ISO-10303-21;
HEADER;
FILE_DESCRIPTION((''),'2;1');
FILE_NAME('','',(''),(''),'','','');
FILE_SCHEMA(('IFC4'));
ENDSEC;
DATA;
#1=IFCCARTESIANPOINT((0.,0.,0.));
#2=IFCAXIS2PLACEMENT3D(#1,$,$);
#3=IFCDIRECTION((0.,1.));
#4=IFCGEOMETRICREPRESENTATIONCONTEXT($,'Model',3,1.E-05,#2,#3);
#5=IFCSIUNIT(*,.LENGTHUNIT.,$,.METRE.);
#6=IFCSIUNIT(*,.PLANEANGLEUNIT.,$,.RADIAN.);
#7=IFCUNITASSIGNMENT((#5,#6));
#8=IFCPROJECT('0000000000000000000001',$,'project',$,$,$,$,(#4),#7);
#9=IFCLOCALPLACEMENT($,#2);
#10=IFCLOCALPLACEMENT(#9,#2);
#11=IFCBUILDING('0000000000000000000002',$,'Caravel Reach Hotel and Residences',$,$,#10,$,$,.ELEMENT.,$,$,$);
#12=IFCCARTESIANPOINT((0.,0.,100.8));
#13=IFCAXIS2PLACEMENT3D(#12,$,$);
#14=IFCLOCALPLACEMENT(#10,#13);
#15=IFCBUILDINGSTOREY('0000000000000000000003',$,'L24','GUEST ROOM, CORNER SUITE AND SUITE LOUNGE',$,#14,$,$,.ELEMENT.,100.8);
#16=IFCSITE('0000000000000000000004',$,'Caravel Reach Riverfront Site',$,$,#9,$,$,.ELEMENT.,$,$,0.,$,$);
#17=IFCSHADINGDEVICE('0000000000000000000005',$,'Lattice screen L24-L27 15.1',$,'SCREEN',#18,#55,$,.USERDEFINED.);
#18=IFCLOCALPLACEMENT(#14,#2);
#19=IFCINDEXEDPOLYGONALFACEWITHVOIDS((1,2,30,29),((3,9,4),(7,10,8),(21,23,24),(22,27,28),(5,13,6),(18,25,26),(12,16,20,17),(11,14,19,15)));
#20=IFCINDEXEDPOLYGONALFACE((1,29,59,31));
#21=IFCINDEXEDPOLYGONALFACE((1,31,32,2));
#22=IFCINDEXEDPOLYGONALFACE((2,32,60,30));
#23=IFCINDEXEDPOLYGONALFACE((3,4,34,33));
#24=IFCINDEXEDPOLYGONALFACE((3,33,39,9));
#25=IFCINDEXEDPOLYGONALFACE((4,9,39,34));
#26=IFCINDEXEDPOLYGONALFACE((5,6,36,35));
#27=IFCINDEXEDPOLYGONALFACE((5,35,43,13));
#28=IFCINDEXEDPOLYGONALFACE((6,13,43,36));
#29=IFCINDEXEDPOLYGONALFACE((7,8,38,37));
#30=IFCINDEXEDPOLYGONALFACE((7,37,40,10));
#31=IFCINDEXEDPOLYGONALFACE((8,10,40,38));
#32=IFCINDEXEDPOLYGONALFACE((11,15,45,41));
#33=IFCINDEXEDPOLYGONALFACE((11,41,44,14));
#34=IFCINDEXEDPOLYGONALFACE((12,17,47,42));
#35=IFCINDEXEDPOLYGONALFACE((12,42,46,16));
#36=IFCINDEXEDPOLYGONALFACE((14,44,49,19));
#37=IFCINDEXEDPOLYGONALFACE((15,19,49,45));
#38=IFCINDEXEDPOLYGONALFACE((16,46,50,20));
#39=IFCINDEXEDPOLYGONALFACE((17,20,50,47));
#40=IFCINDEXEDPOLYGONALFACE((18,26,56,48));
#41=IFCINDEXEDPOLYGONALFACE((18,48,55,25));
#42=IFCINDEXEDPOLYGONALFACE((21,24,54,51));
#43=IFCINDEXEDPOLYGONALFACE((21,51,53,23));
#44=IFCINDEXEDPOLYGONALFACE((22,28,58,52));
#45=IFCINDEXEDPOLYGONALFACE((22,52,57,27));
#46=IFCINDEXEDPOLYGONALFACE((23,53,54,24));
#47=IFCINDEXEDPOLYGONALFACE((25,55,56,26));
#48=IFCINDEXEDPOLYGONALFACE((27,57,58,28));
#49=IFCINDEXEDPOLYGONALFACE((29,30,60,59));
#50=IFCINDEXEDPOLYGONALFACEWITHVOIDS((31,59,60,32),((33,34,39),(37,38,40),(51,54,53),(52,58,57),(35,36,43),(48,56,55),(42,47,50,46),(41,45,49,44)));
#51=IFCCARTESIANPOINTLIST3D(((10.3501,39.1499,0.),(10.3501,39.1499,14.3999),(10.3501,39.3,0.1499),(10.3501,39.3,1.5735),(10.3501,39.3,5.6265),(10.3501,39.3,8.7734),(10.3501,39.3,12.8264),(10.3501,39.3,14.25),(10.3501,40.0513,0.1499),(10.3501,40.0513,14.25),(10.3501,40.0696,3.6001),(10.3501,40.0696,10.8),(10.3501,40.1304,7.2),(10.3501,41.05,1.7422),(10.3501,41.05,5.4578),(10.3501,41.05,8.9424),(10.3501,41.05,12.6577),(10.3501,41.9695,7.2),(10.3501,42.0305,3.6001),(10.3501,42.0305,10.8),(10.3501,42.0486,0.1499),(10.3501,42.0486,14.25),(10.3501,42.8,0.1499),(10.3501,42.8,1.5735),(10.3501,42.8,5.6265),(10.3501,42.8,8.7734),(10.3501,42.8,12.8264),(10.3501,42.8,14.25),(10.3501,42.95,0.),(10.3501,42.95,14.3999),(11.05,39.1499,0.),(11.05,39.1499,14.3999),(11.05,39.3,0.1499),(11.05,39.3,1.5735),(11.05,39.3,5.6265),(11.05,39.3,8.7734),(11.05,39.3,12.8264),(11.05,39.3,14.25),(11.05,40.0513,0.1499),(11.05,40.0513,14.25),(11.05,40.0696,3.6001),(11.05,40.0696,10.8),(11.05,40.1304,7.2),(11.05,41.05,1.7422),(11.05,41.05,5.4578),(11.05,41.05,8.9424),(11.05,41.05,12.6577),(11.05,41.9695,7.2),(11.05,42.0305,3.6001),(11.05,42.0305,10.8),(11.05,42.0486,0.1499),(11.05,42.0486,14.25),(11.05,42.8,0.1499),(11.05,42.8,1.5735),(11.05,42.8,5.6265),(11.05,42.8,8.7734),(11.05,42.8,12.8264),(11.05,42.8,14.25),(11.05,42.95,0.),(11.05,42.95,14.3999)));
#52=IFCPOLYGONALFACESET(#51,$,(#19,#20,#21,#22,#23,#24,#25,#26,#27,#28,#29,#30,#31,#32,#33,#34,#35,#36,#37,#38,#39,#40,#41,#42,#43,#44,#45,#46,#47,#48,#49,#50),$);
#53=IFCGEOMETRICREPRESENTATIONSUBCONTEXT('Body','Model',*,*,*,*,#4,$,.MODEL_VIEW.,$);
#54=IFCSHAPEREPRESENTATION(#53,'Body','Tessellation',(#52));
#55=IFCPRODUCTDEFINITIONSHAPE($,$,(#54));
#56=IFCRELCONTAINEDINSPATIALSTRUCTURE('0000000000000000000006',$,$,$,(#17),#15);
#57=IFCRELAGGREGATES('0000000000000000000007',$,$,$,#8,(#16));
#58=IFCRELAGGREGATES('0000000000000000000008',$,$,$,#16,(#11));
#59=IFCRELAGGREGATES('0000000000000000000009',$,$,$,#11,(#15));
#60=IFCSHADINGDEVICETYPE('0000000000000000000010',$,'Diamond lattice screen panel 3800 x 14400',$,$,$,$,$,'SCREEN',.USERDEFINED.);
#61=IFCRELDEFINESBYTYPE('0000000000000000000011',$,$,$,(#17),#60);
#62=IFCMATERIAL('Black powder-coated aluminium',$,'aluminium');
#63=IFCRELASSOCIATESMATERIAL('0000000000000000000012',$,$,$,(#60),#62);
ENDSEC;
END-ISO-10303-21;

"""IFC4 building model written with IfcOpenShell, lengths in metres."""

from ifc_helpers import new_model, si_unit, direction, frame, origin, place, context, subcontext, project, spatial, polyline, outline, extrude, material, type_object, element, save


model = new_model("IFC4")

# Units and contexts
model_context = context("Model", 3, precision=1e-05, world=origin(), true_north=direction((0.0, 1.0)))
body_context = subcontext(model_context, "Body", "Model", "MODEL_VIEW")
ifc_project = project(units=[si_unit("LENGTHUNIT", "METRE"), si_unit("PLANEANGLEUNIT", "RADIAN")], contexts=[model_context])

# Site, building, storey
site_placement = place(None, origin())
site = spatial("IfcSite", under=ifc_project, at=site_placement, Name="Caravel Reach Riverfront Site", CompositionType="ELEMENT", RefElevation=0.0)
building_placement = place(site_placement, origin())
building = spatial("IfcBuilding", under=site, at=building_placement, Name="Caravel Reach Hotel and Residences", CompositionType="ELEMENT")
storey_placement = place(building_placement, frame((0.0, 0.0, 100.8)))
storey = spatial("IfcBuildingStorey", under=building, at=storey_placement, Name="L24", Description="GUEST ROOM, CORNER SUITE AND SUITE LOUNGE", CompositionType="ELEMENT", Elevation=100.8)

# Shading device
ifc_material_1 = material(Name="Black powder-coated aluminium", Category="aluminium")
shading_device_type_1 = type_object("IfcShadingDeviceType", Name="Diamond lattice screen panel 3800 x 14400", ElementType="SCREEN", PredefinedType="USERDEFINED", material=ifc_material_1)
shading_device_1_placement = place(storey_placement, frame((11.05, 42.95, 0.0), z_axis=(-1.0, 0.0, 0.0), x_axis=(0.0, -1.0, 0.0)))
element("IfcShadingDevice", 1, at=shading_device_1_placement, inside=storey, type_object=shading_device_type_1, Name="Lattice screen L24-L27 15.1", ObjectType="SCREEN", PredefinedType="USERDEFINED", context=body_context, shape_type="SweptSolid", body=[
    extrude(outline(polyline([(0.0, 0.0), (3.8, 0.0), (3.8, 14.3999), (0.0, 14.3999), (0.0, 0.0)]), holes=[polyline([(0.9014, 0.1499), (0.1499, 1.5735), (0.1499, 0.1499), (0.9014, 0.1499)]), polyline([(0.9805, 7.2), (0.1499, 8.7734), (0.1499, 5.6265), (0.9805, 7.2)]), polyline([(0.1499, 12.8264), (0.9014, 14.25), (0.1499, 14.25), (0.1499, 12.8264)]), polyline([(1.8999, 5.4578), (0.9194, 3.6001), (1.8999, 1.7422), (2.8804, 3.6001), (1.8999, 5.4578)]), polyline([(1.8999, 12.6577), (0.9194, 10.8), (1.8999, 8.9424), (2.8804, 10.8), (1.8999, 12.6577)]), polyline([(3.6499, 1.5735), (2.8987, 0.1499), (3.6499, 0.1499), (3.6499, 1.5735)]), polyline([(2.8196, 7.2), (3.6499, 5.6265), (3.6499, 8.7734), (2.8196, 7.2)]), polyline([(2.8987, 14.25), (3.6499, 12.8264), (3.6499, 14.25), (2.8987, 14.25)])]), origin(), (0.0, 0.0, 1.0), 0.7),
])

save(model, "model.ifc")
